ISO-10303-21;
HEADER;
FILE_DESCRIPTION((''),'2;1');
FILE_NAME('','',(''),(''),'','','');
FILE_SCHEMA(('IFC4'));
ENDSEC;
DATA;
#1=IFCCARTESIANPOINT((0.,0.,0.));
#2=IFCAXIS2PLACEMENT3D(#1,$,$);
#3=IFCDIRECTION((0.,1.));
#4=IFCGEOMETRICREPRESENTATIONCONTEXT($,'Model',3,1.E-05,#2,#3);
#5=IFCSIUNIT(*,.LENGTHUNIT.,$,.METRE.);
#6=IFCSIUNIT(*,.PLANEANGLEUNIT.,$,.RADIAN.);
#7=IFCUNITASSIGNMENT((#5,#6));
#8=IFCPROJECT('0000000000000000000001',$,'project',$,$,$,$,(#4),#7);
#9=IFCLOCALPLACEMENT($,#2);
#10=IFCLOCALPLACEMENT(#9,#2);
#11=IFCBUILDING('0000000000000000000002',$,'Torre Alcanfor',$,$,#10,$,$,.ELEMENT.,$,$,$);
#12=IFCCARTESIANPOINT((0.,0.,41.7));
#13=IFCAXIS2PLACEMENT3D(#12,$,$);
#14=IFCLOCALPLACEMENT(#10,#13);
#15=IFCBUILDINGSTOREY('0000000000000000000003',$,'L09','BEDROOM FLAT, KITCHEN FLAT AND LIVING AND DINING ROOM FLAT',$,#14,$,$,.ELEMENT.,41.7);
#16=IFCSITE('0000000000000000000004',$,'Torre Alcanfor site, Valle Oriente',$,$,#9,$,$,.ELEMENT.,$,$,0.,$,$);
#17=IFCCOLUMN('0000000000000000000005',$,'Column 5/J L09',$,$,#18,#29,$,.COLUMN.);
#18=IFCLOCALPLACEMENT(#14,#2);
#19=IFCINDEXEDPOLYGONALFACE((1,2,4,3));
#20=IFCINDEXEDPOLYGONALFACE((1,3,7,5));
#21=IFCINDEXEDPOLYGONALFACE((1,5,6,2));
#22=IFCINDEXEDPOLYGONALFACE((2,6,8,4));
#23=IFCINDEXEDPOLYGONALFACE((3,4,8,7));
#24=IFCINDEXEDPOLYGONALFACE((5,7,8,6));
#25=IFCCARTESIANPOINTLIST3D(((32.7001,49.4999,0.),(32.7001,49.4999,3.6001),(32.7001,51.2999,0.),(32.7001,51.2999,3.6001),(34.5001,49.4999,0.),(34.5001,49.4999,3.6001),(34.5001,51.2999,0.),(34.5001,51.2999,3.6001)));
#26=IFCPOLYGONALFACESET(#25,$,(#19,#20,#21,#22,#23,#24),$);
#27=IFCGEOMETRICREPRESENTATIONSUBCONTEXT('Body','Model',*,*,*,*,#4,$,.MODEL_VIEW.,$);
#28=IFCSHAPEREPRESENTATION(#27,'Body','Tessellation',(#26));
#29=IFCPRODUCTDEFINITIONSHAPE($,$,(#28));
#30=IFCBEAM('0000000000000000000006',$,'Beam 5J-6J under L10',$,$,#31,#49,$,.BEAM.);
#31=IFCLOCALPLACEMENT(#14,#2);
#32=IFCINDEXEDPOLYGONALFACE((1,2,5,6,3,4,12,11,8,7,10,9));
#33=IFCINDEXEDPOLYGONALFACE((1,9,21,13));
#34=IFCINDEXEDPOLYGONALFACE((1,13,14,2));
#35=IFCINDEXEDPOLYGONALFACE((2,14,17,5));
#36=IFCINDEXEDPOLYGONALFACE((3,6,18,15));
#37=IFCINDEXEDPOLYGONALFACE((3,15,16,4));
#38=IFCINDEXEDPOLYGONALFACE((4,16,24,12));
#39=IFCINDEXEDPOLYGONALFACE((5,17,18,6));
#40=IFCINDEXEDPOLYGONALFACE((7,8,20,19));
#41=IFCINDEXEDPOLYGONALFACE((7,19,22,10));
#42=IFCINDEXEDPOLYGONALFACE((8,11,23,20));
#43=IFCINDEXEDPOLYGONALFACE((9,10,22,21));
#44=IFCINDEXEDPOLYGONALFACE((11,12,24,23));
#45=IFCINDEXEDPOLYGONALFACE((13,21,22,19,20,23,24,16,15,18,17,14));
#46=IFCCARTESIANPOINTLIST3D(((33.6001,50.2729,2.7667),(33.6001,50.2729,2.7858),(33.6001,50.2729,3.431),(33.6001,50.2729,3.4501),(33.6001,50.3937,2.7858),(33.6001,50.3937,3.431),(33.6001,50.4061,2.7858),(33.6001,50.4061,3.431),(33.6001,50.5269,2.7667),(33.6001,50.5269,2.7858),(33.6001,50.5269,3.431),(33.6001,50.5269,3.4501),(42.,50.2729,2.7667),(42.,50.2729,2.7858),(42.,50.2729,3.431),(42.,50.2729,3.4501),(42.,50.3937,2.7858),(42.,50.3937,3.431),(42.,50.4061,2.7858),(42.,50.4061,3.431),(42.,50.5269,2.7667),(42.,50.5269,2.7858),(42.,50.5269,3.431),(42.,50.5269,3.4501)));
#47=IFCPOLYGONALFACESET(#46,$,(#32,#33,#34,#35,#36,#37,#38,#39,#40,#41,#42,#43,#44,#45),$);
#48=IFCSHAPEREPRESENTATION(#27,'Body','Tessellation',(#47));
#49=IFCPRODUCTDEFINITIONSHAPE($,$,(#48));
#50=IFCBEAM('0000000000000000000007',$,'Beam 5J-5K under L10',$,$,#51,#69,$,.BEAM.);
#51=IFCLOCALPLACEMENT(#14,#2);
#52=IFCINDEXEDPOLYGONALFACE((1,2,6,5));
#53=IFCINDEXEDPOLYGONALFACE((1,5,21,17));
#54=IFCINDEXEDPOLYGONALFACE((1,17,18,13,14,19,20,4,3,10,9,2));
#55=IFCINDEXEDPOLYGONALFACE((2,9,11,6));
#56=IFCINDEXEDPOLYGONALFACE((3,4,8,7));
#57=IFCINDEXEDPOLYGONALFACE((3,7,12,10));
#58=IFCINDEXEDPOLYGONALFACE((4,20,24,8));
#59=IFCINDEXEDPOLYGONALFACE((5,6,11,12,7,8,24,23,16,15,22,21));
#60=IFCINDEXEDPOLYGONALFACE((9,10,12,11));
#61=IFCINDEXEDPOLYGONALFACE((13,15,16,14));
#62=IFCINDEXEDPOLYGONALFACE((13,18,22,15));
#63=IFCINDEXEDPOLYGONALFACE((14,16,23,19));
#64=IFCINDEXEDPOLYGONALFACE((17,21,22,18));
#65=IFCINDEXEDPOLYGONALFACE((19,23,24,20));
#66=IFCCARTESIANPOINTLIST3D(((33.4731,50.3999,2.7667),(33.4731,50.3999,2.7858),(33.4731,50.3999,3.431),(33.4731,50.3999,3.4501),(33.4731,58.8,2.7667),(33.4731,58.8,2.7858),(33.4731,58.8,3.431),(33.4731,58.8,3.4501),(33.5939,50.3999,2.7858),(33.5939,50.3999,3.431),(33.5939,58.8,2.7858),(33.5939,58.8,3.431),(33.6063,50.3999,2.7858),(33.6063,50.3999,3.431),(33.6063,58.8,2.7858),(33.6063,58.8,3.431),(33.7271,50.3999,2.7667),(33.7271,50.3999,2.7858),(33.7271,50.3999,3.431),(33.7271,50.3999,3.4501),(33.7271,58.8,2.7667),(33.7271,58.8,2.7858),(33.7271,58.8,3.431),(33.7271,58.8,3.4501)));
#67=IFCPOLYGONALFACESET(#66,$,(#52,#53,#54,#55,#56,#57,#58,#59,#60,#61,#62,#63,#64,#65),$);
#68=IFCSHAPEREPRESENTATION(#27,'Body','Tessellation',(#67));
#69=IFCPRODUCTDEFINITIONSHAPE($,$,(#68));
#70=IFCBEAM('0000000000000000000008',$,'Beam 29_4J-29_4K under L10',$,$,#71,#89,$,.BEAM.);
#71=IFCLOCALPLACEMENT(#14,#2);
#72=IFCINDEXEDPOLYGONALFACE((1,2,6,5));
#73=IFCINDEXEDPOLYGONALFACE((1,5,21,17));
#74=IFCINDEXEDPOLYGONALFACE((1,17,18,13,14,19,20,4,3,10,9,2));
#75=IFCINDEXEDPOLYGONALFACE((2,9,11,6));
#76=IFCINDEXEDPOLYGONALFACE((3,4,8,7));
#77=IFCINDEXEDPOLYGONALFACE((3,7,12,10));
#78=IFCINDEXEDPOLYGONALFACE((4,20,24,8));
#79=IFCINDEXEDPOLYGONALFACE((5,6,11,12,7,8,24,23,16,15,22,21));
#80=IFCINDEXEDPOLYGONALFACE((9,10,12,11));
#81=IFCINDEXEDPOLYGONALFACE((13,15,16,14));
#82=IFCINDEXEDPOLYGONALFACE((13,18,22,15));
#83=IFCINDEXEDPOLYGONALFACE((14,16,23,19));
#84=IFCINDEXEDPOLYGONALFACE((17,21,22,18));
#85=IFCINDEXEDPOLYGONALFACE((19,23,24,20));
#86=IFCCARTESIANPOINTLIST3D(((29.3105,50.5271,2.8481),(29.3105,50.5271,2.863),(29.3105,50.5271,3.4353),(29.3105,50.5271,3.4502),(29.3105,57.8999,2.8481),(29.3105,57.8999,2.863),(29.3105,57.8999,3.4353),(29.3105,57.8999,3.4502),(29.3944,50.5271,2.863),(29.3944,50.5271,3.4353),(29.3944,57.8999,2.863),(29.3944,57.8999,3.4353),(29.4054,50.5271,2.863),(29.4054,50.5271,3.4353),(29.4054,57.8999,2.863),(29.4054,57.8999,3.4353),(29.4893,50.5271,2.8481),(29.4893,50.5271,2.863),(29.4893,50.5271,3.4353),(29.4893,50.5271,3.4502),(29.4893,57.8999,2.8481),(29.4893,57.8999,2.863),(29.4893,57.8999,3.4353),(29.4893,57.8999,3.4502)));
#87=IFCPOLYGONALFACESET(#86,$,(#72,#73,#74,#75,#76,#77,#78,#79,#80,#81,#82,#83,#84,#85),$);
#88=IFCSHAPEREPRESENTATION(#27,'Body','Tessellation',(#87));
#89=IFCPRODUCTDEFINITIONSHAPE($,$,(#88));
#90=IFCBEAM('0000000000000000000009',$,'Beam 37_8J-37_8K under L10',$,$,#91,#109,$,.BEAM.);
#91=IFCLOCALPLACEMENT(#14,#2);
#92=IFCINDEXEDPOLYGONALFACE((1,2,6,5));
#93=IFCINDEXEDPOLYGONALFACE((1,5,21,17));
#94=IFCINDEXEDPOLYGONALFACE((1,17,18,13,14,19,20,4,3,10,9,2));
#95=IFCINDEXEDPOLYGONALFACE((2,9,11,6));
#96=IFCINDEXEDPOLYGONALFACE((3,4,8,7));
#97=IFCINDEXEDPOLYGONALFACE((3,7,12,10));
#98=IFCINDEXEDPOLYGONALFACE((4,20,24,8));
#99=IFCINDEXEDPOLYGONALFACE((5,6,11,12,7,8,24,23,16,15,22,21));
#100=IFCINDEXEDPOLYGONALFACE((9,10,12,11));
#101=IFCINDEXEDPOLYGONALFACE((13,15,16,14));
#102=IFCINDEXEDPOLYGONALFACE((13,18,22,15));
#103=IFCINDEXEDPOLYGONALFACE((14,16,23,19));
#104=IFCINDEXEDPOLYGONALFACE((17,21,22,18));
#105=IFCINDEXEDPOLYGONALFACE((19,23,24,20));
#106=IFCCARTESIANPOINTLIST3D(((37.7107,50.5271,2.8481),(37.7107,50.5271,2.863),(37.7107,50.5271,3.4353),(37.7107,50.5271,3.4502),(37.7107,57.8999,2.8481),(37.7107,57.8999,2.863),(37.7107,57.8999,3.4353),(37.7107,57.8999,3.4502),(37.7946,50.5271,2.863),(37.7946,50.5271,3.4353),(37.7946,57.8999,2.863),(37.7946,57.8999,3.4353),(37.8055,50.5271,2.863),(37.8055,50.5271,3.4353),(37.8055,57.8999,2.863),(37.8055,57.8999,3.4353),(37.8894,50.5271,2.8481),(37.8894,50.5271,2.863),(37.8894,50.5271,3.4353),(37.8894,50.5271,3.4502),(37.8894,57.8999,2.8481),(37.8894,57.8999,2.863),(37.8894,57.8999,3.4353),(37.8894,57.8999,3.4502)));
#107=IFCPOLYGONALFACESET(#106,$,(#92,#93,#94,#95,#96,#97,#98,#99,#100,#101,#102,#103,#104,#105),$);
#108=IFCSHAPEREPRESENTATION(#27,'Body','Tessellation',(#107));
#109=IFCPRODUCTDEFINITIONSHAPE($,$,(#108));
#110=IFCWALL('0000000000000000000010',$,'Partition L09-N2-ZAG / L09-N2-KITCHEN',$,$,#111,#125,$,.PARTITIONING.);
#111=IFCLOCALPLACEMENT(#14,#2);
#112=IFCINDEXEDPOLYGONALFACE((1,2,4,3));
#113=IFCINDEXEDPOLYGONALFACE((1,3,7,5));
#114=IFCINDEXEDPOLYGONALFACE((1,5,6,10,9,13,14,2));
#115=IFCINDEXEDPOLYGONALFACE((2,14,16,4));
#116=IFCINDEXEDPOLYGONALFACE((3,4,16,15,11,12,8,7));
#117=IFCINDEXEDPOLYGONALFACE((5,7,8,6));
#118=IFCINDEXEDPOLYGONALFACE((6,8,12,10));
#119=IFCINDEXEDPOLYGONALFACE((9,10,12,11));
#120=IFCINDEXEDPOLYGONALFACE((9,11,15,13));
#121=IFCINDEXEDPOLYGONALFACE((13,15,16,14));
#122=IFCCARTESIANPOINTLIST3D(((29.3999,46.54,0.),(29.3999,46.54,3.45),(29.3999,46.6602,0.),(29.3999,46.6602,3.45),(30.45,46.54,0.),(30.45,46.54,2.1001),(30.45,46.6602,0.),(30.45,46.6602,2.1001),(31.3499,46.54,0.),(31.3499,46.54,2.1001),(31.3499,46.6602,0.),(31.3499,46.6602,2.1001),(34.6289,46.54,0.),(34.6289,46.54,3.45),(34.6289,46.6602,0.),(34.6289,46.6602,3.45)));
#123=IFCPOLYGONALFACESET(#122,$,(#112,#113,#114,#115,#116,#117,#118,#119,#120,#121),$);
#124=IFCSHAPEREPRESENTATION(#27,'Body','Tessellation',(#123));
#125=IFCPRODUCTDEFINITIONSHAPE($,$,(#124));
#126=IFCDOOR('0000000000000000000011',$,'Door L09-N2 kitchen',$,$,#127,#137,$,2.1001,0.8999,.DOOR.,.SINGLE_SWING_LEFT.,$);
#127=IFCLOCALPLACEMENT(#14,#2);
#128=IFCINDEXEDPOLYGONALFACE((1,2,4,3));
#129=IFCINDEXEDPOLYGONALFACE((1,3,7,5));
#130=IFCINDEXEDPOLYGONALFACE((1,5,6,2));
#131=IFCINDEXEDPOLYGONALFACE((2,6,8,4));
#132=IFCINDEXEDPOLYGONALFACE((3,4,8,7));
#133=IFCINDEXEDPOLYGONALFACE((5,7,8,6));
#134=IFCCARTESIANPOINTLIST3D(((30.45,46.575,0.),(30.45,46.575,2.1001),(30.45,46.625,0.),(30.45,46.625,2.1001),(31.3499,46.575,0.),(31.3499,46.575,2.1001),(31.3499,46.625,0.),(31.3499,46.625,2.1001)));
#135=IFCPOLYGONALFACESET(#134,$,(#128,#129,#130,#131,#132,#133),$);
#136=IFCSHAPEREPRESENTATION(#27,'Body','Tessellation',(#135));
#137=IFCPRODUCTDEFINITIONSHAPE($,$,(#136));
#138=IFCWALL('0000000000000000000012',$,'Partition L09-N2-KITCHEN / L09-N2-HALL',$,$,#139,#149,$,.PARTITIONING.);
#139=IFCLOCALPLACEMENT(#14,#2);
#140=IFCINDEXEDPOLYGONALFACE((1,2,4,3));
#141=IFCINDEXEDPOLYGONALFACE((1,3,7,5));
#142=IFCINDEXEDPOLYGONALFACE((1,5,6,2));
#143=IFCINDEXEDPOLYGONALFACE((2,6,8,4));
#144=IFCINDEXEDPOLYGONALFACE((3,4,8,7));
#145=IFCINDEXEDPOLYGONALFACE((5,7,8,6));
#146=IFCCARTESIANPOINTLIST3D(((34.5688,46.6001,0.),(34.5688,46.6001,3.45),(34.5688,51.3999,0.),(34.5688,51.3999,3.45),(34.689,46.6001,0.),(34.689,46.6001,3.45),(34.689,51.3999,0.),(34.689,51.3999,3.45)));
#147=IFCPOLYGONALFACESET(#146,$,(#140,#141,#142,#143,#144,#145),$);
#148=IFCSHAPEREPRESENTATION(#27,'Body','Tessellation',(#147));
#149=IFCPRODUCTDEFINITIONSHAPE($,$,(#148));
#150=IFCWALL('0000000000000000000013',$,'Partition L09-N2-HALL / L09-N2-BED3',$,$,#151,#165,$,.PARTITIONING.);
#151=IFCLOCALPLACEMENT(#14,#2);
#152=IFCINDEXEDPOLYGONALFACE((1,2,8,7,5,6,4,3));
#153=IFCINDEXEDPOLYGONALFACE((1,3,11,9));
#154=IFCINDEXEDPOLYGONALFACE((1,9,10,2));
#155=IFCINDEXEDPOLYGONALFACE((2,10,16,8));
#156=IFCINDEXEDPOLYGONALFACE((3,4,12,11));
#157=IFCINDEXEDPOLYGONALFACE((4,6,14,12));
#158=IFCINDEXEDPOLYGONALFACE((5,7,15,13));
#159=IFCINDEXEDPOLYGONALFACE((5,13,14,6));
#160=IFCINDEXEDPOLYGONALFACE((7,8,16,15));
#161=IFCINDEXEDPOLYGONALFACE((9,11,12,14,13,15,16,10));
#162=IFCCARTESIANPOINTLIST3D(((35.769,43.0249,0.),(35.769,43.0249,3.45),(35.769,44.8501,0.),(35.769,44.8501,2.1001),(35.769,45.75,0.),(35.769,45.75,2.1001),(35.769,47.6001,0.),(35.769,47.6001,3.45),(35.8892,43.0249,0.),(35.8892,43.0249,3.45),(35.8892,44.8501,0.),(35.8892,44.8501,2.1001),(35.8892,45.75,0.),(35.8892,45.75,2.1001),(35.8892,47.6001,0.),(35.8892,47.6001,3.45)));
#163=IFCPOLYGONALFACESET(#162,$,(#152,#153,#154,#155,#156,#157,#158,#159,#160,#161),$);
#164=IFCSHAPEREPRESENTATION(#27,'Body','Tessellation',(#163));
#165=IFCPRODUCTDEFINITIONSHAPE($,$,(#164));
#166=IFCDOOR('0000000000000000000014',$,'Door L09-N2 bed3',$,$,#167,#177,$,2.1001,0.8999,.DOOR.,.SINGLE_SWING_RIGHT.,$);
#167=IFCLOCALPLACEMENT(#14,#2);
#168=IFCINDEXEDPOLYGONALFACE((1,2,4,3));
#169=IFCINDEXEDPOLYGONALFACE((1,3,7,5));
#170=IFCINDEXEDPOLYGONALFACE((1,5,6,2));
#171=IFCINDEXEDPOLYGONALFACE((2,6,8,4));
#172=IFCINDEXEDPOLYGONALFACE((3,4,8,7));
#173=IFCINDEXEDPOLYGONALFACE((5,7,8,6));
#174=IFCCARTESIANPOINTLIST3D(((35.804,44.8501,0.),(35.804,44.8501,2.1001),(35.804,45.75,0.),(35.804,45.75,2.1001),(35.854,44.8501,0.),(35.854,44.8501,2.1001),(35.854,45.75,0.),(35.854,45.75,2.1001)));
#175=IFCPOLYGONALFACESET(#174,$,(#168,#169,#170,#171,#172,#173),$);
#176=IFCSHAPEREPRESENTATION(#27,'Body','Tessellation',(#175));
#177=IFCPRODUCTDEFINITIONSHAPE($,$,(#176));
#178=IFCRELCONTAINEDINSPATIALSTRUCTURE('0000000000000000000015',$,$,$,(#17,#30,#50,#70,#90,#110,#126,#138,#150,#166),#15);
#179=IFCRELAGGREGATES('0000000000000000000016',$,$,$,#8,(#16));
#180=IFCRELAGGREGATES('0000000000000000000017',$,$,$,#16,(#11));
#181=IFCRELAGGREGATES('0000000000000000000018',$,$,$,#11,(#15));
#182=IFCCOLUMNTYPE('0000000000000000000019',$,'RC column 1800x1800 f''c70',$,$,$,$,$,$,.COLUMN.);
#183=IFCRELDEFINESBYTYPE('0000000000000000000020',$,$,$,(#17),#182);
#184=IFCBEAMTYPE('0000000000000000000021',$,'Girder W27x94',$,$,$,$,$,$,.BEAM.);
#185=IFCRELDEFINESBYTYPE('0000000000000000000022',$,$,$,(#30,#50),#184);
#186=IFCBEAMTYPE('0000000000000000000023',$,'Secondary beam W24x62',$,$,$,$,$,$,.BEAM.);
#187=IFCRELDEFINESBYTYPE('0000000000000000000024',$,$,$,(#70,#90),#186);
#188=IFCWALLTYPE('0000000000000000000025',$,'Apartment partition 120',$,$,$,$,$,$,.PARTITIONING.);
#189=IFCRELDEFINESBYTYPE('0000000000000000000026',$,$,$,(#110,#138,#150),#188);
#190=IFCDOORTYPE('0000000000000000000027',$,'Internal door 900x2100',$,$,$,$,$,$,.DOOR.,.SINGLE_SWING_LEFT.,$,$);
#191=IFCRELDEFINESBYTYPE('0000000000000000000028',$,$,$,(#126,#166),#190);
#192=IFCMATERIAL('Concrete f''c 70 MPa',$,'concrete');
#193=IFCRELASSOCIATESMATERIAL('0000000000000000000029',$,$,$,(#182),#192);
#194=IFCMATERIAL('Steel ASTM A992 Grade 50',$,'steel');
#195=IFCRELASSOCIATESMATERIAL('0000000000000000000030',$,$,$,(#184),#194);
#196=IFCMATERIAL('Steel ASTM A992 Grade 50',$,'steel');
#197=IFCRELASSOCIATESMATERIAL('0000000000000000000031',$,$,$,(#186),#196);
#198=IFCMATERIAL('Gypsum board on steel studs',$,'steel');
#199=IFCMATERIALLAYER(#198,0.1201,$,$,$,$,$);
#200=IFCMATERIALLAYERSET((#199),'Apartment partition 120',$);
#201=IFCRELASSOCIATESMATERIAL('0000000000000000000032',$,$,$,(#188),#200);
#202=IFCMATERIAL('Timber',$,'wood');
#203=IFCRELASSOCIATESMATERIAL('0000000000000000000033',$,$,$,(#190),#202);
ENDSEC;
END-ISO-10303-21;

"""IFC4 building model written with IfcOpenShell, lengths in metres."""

from ifc_helpers import new_model, si_unit, direction, frame, frame_2d, origin, origin_2d, place, context, subcontext, project, spatial, rectangle, i_section, extrude, material, layer, layer_set, material_profile, profile_set, type_object, element, fill, save


model = new_model("IFC4")

# Units and contexts
model_context = context("Model", 3, precision=1e-05, world=origin(), true_north=direction((0.0, 1.0)))
body_context = subcontext(model_context, "Body", "Model", "MODEL_VIEW")
ifc_project = project(units=[si_unit("LENGTHUNIT", "METRE"), si_unit("PLANEANGLEUNIT", "RADIAN")], contexts=[model_context])

# Site, building, storey
site_placement = place(None, origin())
site = spatial("IfcSite", under=ifc_project, at=site_placement, Name="Torre Alcanfor site, Valle Oriente", CompositionType="ELEMENT", RefElevation=0.0)
building_placement = place(site_placement, origin())
building = spatial("IfcBuilding", under=site, at=building_placement, Name="Torre Alcanfor", CompositionType="ELEMENT")
storey_placement = place(building_placement, frame((0.0, 0.0, 41.7)))
storey = spatial("IfcBuildingStorey", under=building, at=storey_placement, Name="L09", Description="BEDROOM FLAT, KITCHEN FLAT AND LIVING AND DINING ROOM FLAT", CompositionType="ELEMENT", Elevation=41.7)

# Column
ifc_material_1 = material(Name="Concrete f'c 70 MPa", Category="concrete")
ifc_material_profile_1 = material_profile(ifc_material_1, rectangle(XDim=1.8, YDim=1.8, at=origin_2d()), Name="1800x1800")
ifc_profile_set_1 = profile_set([ifc_material_profile_1], Name="Concrete f'c 70 MPa")
column_type = type_object("IfcColumnType", Name="RC column 1800x1800 f'c70", PredefinedType="COLUMN", material=ifc_profile_set_1)
column_placement = place(storey_placement, frame((33.6001, 50.3999, 0.0), z_axis=(0.0, 0.0, 1.0), x_axis=(1.0, 0.0, 0.0)))
element("IfcColumn", 1, at=column_placement, inside=storey, type_object=column_type, Name="Column 5/J L09", PredefinedType="COLUMN", context=body_context, shape_type="SweptSolid", body=[
    extrude(rectangle(XDim=1.8, YDim=1.8, at=origin_2d()), origin(), (0.0, 0.0, 1.0), 3.6001),
])

# Beams
ifc_material_2 = material(Name="Steel ASTM A992 Grade 50", Category="steel")
ifc_material_profile_2 = material_profile(ifc_material_2, i_section(OverallWidth=0.2539, OverallDepth=0.6833, WebThickness=0.0125, FlangeThickness=0.019, at=origin_2d()), Name="W27x94")
ifc_profile_set_2 = profile_set([ifc_material_profile_2], Name="Steel ASTM A992 Grade 50")
beam_type_1 = type_object("IfcBeamType", Name="Girder W27x94", PredefinedType="BEAM", material=ifc_profile_set_2)
beam_1_placement = place(storey_placement, frame((33.6001, 50.3999, 3.1084), z_axis=(1.0, 0.0, 0.0), x_axis=(0.0, 1.0, 0.0)))
element("IfcBeam", 2, at=beam_1_placement, inside=storey, type_object=beam_type_1, Name="Beam 5J-6J under L10", PredefinedType="BEAM", context=body_context, shape_type="SweptSolid", body=[
    extrude(i_section(OverallWidth=0.2539, OverallDepth=0.6833, WebThickness=0.0125, FlangeThickness=0.019, at=origin_2d()), origin(), (0.0, 0.0, 1.0), 8.3999),
])
beam_2_placement = place(storey_placement, frame((33.6001, 50.3999, 3.1084), z_axis=(0.0, 1.0, 0.0), x_axis=(-1.0, 0.0, 0.0)))
element("IfcBeam", 3, at=beam_2_placement, inside=storey, type_object=beam_type_1, Name="Beam 5J-5K under L10", PredefinedType="BEAM", context=body_context, shape_type="SweptSolid", body=[
    extrude(i_section(OverallWidth=0.2539, OverallDepth=0.6833, WebThickness=0.0125, FlangeThickness=0.019, at=origin_2d()), origin(), (0.0, 0.0, 1.0), 8.4001),
])
ifc_material_3 = material(Name="Steel ASTM A992 Grade 50", Category="steel")
ifc_material_profile_3 = material_profile(ifc_material_3, i_section(OverallWidth=0.1787, OverallDepth=0.6021, WebThickness=0.011, FlangeThickness=0.0149, at=origin_2d()), Name="W24x62")
ifc_profile_set_3 = profile_set([ifc_material_profile_3], Name="Steel ASTM A992 Grade 50")
beam_type_2 = type_object("IfcBeamType", Name="Secondary beam W24x62", PredefinedType="BEAM", material=ifc_profile_set_3)
for number, where, z_axis, x_axis, name in (
    (4, (29.3999, 50.5271, 3.1492), (0.0, 1.0, 0.0), (-1.0, 0.0, 0.0), "Beam 29_4J-29_4K under L10"),
    (5, (37.8, 50.5271, 3.1492), (0.0, 1.0, 0.0), (-1.0, 0.0, 0.0), "Beam 37_8J-37_8K under L10"),
):
    element("IfcBeam", number, at=place(storey_placement, frame(where, z_axis=z_axis, x_axis=x_axis)), inside=storey, type_object=beam_type_2, Name=name, PredefinedType="BEAM", context=body_context, shape_type="SweptSolid", body=[
        extrude(i_section(OverallWidth=0.1787, OverallDepth=0.6021, WebThickness=0.011, FlangeThickness=0.0149, at=origin_2d()), origin(), (0.0, 0.0, 1.0), 7.3728),
    ])

# Wall, opening, door
ifc_material_4 = material(Name="Gypsum board on steel studs", Category="steel")
ifc_layer_1 = layer(ifc_material_4, 0.1201)
ifc_layer_set_1 = layer_set([ifc_layer_1], Name="Apartment partition 120")
wall_type_1 = type_object("IfcWallType", Name="Apartment partition 120", PredefinedType="PARTITIONING", material=ifc_layer_set_1)
wall_1_placement = place(storey_placement, frame((29.3999, 46.6001, 0.0), z_axis=(0.0, 0.0, 1.0), x_axis=(1.0, 0.0, 0.0)))
wall_1 = element("IfcWall", 6, at=wall_1_placement, inside=storey, type_object=wall_type_1, Name="Partition L09-N2-ZAG / L09-N2-KITCHEN", PredefinedType="PARTITIONING", context=body_context, shape_type="SweptSolid", body=[
    extrude(rectangle(XDim=5.229, YDim=0.1201, at=frame_2d((2.6145, 0.0))), origin(), (0.0, 0.0, 1.0), 3.45),
])
opening_1_placement = place(wall_1_placement, frame((1.05, 0.0, 0.0)))
opening_1 = element("IfcOpeningElement", 7, at=opening_1_placement, cuts=wall_1, PredefinedType="OPENING", context=body_context, shape_type="SweptSolid", body=[
    extrude(rectangle(XDim=0.8999, YDim=2.1001, at=frame_2d((0.45, 1.05))), frame((0.0, 0.0701, 0.0), z_axis=(0.0, -1.0, 0.0), x_axis=(1.0, 0.0, 0.0)), (0.0, 0.0, 1.0), 0.1401),
])
ifc_material_5 = material(Name="Timber", Category="wood")
door_type_1 = type_object("IfcDoorType", Name="Internal door 900x2100", OperationType="SINGLE_SWING_LEFT", PredefinedType="DOOR", material=ifc_material_5)
door_1_placement = place(opening_1_placement, origin())
door_1 = element("IfcDoor", 8, at=door_1_placement, inside=storey, type_object=door_type_1, Name="Door L09-N2 kitchen", OperationType="SINGLE_SWING_LEFT", OverallHeight=2.1001, OverallWidth=0.8999, PredefinedType="DOOR", context=body_context, shape_type="SweptSolid", body=[
    extrude(rectangle(XDim=0.8999, YDim=2.1001, at=frame_2d((0.45, 1.05))), frame((0.0, 0.0249, 0.0), z_axis=(0.0, -1.0, 0.0), x_axis=(1.0, 0.0, 0.0)), (0.0, 0.0, 1.0), 0.05),
])
fill(opening_1, door_1)

# Wall
wall_2_placement = place(storey_placement, frame((34.6289, 51.3999, 0.0), z_axis=(0.0, 0.0, 1.0), x_axis=(0.0, -1.0, 0.0)))
element("IfcWall", 9, at=wall_2_placement, inside=storey, type_object=wall_type_1, Name="Partition L09-N2-KITCHEN / L09-N2-HALL", PredefinedType="PARTITIONING", context=body_context, shape_type="SweptSolid", body=[
    extrude(rectangle(XDim=4.7998, YDim=0.1201, at=frame_2d((2.3999, 0.0))), origin(), (0.0, 0.0, 1.0), 3.45),
])

# Wall, opening, door
wall_3_placement = place(storey_placement, frame((35.8291, 47.6001, 0.0), z_axis=(0.0, 0.0, 1.0), x_axis=(0.0, -1.0, 0.0)))
wall_3 = element("IfcWall", 10, at=wall_3_placement, inside=storey, type_object=wall_type_1, Name="Partition L09-N2-HALL / L09-N2-BED3", PredefinedType="PARTITIONING", context=body_context, shape_type="SweptSolid", body=[
    extrude(rectangle(XDim=4.5752, YDim=0.1201, at=frame_2d((2.2876, 0.0))), origin(), (0.0, 0.0, 1.0), 3.45),
])
opening_2_placement = place(wall_3_placement, frame((1.8501, 0.0, 0.0)))
opening_2 = element("IfcOpeningElement", 11, at=opening_2_placement, cuts=wall_3, PredefinedType="OPENING", context=body_context, shape_type="SweptSolid", body=[
    extrude(rectangle(XDim=0.8999, YDim=2.1001, at=frame_2d((0.45, 1.05))), frame((0.0, 0.0701, 0.0), z_axis=(0.0, -1.0, 0.0), x_axis=(1.0, 0.0, 0.0)), (0.0, 0.0, 1.0), 0.1401),
])
door_2_placement = place(opening_2_placement, origin())
door_2 = element("IfcDoor", 12, at=door_2_placement, inside=storey, type_object=door_type_1, Name="Door L09-N2 bed3", OperationType="SINGLE_SWING_RIGHT", OverallHeight=2.1001, OverallWidth=0.8999, PredefinedType="DOOR", context=body_context, shape_type="SweptSolid", body=[
    extrude(rectangle(XDim=0.8999, YDim=2.1001, at=frame_2d((0.45, 1.05))), frame((0.0, 0.0249, 0.0), z_axis=(0.0, -1.0, 0.0), x_axis=(1.0, 0.0, 0.0)), (0.0, 0.0, 1.0), 0.05),
])
fill(opening_2, door_2)

save(model, "model.ifc")
